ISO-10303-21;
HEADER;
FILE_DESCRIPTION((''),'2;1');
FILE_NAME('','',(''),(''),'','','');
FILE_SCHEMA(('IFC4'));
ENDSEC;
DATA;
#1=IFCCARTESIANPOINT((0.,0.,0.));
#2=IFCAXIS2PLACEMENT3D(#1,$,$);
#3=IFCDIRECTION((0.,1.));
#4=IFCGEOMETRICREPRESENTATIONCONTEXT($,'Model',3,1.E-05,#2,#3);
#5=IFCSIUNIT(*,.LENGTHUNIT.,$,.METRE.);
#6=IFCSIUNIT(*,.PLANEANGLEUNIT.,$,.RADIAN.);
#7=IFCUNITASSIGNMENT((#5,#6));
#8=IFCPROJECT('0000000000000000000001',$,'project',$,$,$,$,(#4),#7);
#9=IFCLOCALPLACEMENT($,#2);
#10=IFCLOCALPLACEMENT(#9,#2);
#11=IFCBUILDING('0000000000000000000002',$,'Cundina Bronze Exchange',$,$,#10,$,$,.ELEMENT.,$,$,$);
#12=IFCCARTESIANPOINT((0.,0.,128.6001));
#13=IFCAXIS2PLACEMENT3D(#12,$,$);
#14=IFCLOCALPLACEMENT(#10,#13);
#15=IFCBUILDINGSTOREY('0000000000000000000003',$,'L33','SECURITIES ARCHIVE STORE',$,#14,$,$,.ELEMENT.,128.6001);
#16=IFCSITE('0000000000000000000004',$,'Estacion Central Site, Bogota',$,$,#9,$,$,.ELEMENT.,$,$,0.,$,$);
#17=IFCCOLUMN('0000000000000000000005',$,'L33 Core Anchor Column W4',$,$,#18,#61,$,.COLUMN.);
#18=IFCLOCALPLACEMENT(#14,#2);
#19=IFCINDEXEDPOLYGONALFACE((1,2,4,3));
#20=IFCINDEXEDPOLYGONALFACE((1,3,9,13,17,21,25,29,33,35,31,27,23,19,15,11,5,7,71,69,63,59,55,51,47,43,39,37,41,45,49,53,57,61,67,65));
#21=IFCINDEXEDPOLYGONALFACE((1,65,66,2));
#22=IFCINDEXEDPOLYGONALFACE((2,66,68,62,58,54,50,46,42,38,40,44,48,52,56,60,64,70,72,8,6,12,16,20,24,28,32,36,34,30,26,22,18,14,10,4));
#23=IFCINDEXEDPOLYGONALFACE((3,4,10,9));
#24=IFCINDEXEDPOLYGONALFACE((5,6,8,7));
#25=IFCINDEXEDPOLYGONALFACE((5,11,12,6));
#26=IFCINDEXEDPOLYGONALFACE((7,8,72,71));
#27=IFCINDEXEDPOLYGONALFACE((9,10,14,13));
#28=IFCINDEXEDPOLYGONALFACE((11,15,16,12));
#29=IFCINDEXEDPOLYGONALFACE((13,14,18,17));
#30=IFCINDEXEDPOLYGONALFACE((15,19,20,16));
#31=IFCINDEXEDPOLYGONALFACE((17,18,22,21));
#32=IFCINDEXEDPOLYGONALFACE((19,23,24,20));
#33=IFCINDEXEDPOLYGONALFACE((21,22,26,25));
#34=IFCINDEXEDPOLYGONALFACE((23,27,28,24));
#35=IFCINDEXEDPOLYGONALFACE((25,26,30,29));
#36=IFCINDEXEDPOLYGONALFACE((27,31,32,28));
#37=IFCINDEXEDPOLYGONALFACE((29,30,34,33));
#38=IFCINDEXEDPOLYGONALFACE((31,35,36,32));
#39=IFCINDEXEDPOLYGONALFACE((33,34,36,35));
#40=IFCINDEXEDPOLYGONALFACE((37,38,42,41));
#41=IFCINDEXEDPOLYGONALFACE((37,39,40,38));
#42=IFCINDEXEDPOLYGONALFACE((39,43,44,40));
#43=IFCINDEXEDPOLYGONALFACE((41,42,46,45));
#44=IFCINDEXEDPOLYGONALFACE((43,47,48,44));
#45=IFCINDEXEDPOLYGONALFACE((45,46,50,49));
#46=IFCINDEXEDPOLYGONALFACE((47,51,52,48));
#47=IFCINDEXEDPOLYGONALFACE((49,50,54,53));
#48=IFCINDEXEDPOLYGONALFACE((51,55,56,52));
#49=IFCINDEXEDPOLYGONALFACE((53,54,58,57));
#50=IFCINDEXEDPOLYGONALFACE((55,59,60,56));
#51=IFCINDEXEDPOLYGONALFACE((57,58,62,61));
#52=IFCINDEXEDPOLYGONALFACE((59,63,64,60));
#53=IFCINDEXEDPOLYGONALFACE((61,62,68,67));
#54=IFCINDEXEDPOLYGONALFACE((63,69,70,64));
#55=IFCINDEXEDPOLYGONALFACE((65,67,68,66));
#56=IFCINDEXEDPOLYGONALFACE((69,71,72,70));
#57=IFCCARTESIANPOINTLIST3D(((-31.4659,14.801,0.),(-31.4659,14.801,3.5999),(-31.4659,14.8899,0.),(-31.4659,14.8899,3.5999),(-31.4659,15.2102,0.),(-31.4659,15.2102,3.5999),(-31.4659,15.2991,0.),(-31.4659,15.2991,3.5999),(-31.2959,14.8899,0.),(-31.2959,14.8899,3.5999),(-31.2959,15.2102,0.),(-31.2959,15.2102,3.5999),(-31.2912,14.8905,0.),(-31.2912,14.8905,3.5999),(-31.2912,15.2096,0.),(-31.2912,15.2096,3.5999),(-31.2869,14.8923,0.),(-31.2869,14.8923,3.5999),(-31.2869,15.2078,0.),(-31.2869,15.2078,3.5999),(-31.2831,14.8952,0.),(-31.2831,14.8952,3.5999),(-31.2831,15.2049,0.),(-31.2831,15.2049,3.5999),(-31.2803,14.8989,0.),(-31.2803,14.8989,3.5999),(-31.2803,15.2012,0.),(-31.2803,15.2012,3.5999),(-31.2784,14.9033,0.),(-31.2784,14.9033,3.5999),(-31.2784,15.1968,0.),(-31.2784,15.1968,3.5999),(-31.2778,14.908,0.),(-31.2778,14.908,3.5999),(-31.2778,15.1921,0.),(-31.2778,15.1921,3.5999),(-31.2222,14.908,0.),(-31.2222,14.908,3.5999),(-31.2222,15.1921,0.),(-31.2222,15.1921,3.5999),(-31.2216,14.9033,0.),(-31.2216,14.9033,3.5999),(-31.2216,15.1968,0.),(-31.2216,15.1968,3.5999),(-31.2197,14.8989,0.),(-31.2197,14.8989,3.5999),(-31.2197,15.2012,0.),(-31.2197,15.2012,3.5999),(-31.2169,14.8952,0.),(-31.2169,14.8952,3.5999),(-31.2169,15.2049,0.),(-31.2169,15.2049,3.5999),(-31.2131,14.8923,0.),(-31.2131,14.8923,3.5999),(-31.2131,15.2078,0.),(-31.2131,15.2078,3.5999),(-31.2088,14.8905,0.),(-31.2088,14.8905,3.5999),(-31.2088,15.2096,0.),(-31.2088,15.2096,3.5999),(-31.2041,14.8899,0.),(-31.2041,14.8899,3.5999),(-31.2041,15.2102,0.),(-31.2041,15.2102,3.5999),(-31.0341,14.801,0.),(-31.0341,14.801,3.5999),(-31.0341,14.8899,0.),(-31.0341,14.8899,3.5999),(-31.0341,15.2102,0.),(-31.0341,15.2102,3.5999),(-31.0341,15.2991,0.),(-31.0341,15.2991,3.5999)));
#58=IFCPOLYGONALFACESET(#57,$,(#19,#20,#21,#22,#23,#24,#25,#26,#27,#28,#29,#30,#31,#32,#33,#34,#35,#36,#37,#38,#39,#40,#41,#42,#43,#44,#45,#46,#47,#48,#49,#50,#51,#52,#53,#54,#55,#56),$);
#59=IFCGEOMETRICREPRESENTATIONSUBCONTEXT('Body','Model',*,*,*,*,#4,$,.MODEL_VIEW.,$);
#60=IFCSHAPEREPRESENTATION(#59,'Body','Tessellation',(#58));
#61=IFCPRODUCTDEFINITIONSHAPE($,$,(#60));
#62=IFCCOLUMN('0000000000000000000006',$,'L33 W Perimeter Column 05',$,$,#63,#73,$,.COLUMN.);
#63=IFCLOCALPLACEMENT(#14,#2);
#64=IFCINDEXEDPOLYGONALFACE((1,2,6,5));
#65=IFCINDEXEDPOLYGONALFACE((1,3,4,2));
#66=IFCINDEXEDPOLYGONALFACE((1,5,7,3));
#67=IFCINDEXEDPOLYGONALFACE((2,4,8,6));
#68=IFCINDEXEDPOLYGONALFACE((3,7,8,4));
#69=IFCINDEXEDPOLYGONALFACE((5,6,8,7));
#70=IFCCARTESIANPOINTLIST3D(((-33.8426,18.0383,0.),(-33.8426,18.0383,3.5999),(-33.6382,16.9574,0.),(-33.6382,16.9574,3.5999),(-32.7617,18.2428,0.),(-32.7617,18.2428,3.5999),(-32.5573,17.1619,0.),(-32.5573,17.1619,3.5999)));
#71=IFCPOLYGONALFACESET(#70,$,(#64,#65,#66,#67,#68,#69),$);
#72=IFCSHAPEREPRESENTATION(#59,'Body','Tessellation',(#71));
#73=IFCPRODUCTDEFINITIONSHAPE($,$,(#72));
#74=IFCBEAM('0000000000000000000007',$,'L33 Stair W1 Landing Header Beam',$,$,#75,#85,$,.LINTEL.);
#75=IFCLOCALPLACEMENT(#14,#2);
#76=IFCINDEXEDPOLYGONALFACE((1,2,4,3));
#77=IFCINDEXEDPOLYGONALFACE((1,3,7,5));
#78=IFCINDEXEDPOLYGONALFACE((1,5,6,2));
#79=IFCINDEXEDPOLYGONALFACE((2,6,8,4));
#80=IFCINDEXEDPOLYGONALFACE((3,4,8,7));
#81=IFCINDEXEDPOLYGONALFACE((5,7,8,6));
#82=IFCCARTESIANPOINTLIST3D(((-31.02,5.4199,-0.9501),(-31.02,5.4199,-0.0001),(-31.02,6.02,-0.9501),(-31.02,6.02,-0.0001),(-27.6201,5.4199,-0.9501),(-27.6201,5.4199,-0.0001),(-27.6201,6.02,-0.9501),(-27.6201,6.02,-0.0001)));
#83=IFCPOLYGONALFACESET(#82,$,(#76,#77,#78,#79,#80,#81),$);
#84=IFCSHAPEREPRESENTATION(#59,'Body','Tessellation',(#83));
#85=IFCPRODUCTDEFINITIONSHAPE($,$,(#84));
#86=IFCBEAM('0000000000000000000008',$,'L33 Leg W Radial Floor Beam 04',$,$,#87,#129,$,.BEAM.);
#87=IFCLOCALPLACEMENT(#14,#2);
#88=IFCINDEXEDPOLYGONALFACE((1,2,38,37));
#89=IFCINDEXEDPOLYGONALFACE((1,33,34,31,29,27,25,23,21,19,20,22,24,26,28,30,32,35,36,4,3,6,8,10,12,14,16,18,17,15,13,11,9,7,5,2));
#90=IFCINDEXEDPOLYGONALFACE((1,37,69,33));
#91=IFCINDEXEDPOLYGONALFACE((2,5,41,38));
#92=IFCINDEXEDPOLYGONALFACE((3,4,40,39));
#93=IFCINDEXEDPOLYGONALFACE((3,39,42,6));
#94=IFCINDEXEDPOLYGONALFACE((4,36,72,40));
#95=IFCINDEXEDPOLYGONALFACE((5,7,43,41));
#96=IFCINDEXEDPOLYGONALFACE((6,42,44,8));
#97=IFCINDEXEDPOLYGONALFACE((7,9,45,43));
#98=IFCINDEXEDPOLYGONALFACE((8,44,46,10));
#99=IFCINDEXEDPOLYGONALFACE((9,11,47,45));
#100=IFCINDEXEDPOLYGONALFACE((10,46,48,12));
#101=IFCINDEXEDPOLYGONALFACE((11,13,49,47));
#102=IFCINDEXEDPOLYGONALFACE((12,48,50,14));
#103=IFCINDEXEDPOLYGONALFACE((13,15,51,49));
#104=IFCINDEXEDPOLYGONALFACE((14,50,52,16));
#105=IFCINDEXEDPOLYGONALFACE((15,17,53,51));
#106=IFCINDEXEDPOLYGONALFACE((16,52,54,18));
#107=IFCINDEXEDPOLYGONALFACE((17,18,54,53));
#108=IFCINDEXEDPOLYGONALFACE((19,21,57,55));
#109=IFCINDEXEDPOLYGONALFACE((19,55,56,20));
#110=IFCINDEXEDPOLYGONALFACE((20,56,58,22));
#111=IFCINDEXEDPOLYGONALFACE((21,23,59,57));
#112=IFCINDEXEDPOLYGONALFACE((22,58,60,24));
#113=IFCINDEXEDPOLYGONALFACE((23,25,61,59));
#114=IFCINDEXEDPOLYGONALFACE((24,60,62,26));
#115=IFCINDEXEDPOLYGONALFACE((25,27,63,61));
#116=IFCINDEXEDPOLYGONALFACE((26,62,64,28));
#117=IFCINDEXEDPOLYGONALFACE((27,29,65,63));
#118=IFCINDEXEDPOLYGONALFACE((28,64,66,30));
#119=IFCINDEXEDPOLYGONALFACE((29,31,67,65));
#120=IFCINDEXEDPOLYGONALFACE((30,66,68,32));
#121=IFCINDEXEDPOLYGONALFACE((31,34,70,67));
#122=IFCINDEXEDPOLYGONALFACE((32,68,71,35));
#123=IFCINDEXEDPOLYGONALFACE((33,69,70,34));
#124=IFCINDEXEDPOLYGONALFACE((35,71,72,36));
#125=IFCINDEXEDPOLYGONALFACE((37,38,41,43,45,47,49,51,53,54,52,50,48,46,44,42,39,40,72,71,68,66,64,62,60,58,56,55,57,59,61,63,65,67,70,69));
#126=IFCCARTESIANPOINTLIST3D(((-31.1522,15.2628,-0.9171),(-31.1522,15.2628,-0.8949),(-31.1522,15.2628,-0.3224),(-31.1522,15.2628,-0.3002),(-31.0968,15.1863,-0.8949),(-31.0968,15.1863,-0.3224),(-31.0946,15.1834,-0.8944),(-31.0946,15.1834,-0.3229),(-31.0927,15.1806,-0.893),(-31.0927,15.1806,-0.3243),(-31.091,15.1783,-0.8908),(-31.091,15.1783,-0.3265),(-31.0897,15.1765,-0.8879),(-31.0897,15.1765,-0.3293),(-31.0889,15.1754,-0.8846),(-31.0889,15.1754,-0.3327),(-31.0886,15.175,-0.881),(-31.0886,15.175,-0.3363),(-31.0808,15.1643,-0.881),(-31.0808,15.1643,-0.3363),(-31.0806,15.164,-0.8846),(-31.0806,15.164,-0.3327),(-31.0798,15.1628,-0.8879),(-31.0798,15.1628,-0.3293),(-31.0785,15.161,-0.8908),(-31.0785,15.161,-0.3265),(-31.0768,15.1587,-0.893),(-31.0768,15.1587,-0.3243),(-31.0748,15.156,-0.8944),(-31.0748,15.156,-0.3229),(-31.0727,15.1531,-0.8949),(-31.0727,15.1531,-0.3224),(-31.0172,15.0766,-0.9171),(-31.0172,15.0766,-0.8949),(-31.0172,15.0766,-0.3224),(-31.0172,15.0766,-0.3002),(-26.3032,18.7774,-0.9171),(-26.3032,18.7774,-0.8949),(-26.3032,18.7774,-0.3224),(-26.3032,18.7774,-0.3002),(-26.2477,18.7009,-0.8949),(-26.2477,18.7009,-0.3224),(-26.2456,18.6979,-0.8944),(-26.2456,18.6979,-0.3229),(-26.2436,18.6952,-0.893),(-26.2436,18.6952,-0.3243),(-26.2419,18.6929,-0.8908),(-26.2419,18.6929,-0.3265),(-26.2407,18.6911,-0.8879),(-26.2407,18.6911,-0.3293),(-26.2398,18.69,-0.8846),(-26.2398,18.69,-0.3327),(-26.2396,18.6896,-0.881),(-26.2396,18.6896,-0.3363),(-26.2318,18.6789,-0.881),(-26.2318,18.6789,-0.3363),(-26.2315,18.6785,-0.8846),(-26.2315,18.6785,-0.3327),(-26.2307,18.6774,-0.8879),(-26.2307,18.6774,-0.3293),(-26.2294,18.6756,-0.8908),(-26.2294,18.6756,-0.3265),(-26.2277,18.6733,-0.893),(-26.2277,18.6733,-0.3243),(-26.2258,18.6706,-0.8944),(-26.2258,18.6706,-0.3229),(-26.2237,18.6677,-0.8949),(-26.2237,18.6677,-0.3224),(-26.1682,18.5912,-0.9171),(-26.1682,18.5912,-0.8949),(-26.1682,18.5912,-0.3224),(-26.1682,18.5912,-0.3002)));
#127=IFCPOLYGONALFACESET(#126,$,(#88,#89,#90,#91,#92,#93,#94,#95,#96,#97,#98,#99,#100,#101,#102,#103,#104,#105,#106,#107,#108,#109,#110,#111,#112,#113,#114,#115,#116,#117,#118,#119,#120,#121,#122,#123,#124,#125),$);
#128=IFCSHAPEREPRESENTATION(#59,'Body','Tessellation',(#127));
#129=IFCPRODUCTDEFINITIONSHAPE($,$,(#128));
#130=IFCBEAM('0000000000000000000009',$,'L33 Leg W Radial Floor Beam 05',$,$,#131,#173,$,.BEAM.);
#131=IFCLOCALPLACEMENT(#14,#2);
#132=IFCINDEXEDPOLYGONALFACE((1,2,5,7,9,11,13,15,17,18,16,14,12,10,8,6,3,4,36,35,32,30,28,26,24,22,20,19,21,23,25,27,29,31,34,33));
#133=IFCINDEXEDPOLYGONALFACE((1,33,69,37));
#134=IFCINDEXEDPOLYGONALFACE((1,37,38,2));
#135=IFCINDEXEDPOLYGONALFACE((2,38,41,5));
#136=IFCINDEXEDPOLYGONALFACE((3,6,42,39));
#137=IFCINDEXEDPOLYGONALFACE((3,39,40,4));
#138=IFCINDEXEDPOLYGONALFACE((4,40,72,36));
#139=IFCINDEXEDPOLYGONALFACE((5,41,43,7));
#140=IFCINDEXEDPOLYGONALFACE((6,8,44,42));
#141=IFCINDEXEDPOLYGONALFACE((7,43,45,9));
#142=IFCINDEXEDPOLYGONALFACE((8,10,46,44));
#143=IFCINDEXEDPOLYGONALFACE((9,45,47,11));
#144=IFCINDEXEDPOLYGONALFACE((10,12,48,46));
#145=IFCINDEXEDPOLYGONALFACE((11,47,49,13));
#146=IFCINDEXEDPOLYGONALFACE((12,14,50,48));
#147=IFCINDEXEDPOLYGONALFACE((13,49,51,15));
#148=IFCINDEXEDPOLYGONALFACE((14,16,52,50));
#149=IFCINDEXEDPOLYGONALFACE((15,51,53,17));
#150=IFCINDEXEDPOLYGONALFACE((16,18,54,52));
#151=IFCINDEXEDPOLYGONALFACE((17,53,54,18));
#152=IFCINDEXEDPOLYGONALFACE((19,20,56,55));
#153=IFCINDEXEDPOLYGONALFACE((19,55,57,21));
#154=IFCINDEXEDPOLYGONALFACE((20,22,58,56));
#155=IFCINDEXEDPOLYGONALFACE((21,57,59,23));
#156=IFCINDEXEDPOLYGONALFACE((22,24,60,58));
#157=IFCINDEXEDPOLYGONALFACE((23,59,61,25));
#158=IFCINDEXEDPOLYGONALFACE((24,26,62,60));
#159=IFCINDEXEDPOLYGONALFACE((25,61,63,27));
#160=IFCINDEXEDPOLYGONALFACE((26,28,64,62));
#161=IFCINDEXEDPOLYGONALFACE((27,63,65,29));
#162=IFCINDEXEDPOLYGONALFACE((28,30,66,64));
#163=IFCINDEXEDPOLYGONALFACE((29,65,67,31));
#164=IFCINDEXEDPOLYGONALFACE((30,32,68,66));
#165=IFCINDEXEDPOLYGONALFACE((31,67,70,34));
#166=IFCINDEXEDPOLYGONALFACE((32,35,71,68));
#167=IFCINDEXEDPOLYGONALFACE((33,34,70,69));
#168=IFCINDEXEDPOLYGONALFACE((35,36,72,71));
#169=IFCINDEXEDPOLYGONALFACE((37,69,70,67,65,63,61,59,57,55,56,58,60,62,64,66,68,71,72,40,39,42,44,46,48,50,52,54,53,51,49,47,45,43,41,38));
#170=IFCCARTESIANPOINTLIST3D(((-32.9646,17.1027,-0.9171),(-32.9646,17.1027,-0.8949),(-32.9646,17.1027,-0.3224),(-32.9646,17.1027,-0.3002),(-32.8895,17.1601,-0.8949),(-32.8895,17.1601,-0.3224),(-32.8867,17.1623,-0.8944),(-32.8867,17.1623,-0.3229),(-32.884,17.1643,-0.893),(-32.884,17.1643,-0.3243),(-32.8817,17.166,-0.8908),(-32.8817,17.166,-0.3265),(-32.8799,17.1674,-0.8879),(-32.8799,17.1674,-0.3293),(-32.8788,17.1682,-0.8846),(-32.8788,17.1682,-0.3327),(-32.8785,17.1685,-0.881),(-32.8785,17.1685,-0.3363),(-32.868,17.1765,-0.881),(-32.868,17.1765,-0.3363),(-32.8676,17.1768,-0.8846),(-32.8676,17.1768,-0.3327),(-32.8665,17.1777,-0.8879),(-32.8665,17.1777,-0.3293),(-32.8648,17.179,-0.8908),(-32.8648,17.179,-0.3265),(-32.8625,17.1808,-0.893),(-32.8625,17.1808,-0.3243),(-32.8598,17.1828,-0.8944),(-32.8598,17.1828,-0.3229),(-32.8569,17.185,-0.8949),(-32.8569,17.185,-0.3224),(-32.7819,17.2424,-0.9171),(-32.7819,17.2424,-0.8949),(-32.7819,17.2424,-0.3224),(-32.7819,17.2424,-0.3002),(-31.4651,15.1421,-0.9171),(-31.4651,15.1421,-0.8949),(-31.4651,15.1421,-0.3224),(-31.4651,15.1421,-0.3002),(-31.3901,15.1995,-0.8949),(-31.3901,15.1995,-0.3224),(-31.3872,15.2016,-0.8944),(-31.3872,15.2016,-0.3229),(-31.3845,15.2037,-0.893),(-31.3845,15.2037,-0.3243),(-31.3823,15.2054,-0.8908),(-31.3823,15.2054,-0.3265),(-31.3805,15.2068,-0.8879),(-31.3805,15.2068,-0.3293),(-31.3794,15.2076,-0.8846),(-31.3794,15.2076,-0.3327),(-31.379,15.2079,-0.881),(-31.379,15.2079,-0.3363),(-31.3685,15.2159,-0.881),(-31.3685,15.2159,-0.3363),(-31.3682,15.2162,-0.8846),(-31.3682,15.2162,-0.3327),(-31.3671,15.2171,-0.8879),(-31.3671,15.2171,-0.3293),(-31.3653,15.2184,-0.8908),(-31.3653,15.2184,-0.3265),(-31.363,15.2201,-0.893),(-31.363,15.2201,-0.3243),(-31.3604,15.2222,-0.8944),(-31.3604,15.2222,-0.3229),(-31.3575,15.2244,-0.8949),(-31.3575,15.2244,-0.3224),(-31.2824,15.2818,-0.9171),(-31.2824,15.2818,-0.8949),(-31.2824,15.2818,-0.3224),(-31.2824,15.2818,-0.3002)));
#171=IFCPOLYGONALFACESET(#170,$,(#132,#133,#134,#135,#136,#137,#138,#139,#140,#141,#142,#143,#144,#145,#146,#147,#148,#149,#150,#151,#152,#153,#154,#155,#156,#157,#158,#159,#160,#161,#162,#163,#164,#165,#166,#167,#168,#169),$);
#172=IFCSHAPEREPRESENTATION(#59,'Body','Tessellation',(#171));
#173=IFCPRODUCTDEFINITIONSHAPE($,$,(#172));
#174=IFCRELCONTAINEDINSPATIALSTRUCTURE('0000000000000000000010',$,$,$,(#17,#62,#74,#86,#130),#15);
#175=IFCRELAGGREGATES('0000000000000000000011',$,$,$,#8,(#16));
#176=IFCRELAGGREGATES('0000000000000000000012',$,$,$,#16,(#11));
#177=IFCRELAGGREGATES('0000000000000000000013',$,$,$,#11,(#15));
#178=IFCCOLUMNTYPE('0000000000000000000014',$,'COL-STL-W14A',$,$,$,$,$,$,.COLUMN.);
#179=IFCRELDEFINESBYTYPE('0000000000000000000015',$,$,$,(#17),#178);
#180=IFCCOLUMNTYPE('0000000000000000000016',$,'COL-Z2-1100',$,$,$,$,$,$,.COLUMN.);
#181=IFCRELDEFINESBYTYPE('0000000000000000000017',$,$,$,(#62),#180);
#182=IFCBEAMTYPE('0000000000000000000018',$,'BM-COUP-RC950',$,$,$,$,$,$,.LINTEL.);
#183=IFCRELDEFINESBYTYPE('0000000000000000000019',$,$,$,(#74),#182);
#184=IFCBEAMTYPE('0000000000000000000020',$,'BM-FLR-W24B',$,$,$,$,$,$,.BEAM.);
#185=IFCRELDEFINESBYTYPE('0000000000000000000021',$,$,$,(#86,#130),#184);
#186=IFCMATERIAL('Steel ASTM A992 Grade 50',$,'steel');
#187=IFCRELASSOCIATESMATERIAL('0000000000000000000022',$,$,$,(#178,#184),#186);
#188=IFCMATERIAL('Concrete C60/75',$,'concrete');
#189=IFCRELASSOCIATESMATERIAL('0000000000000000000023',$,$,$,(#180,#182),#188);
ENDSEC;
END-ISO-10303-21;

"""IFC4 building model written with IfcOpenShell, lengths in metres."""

from ifc_helpers import new_model, si_unit, direction, frame, origin, origin_2d, place, context, subcontext, project, spatial, rectangle, i_section, extrude, material, material_profile, profile_set, type_object, element, save


model = new_model("IFC4")

# Units and contexts
model_context = context("Model", 3, precision=1e-05, world=origin(), true_north=direction((0.0, 1.0)))
body_context = subcontext(model_context, "Body", "Model", "MODEL_VIEW")
ifc_project = project(units=[si_unit("LENGTHUNIT", "METRE"), si_unit("PLANEANGLEUNIT", "RADIAN")], contexts=[model_context])

# Site, building, storey
site_placement = place(None, origin())
site = spatial("IfcSite", under=ifc_project, at=site_placement, Name="Estacion Central Site, Bogota", CompositionType="ELEMENT", RefElevation=0.0)
building_placement = place(site_placement, origin())
building = spatial("IfcBuilding", under=site, at=building_placement, Name="Cundina Bronze Exchange", CompositionType="ELEMENT")
storey_placement = place(building_placement, frame((0.0, 0.0, 128.6001)))
storey = spatial("IfcBuildingStorey", under=building, at=storey_placement, Name="L33", Description="SECURITIES ARCHIVE STORE", CompositionType="ELEMENT", Elevation=128.6001)

# Columns
ifc_material_1 = material(Name="Steel ASTM A992 Grade 50", Category="steel")
ifc_material_profile_1 = material_profile(ifc_material_1, i_section(OverallWidth=0.4319, OverallDepth=0.498, WebThickness=0.0557, FlangeThickness=0.0889, FilletRadius=0.0181, at=origin_2d()), Name="W14X500", Category="steel")
ifc_profile_set_1 = profile_set([ifc_material_profile_1], Name="Steel ASTM A992 Grade 50")
column_type_1 = type_object("IfcColumnType", Name="COL-STL-W14A", PredefinedType="COLUMN", material=ifc_profile_set_1)
column_1_placement = place(storey_placement, frame((-31.25, 15.05, 0.0), z_axis=(0.0, 0.0, 1.0), x_axis=(1.0, 0.0, 0.0)))
element("IfcColumn", 1, at=column_1_placement, inside=storey, type_object=column_type_1, Name="L33 Core Anchor Column W4", PredefinedType="COLUMN", context=body_context, shape_type="SweptSolid", body=[
    extrude(i_section(OverallWidth=0.4319, OverallDepth=0.498, WebThickness=0.0557, FlangeThickness=0.0889, FilletRadius=0.0181, at=origin_2d()), origin(), (0.0, 0.0, 1.0), 3.5999),
])
ifc_material_2 = material(Name="Concrete C60/75", Category="concrete")
ifc_material_profile_2 = material_profile(ifc_material_2, rectangle(XDim=1.1001, YDim=1.1001, at=origin_2d()), Name="RC1100X1100", Category="concrete")
ifc_profile_set_2 = profile_set([ifc_material_profile_2], Name="Concrete C60/75")
column_type_2 = type_object("IfcColumnType", Name="COL-Z2-1100", PredefinedType="COLUMN", material=ifc_profile_set_2)
column_2_placement = place(storey_placement, frame((-33.2, 17.6001, 0.0), z_axis=(0.0, 0.0, 1.0), x_axis=(-0.98258, -0.185838, 0.0)))
element("IfcColumn", 2, at=column_2_placement, inside=storey, type_object=column_type_2, Name="L33 W Perimeter Column 05", PredefinedType="COLUMN", context=body_context, shape_type="SweptSolid", body=[
    extrude(rectangle(XDim=1.1001, YDim=1.1001, at=origin_2d()), origin(), (0.0, 0.0, 1.0), 3.5999),
])

# Beams
ifc_material_profile_3 = material_profile(ifc_material_2, rectangle(XDim=0.6001, YDim=0.95, at=origin_2d()), Name="RC600X950", Category="concrete")
ifc_profile_set_3 = profile_set([ifc_material_profile_3], Name="Concrete C60/75")
beam_type_1 = type_object("IfcBeamType", Name="BM-COUP-RC950", PredefinedType="LINTEL", material=ifc_profile_set_3)
beam_1_placement = place(storey_placement, frame((-31.02, 5.72, -0.4751), z_axis=(1.0, 0.0, 0.0), x_axis=(0.0, 1.0, 0.0)))
element("IfcBeam", 3, at=beam_1_placement, inside=storey, type_object=beam_type_1, Name="L33 Stair W1 Landing Header Beam", PredefinedType="LINTEL", context=body_context, shape_type="SweptSolid", body=[
    extrude(rectangle(XDim=0.6001, YDim=0.95, at=origin_2d()), origin(), (0.0, 0.0, 1.0), 3.3999),
])
ifc_material_profile_4 = material_profile(ifc_material_1, i_section(OverallWidth=0.23, OverallDepth=0.6169, WebThickness=0.0132, FlangeThickness=0.0222, FilletRadius=0.0139, at=origin_2d()), Name="W24X94", Category="steel")
ifc_profile_set_4 = profile_set([ifc_material_profile_4], Name="Steel ASTM A992 Grade 50")
beam_type_2 = type_object("IfcBeamType", Name="BM-FLR-W24B", PredefinedType="BEAM", material=ifc_profile_set_4)
beam_2_placement = place(storey_placement, frame((-31.0847, 15.1697, -0.6086), z_axis=(0.809687, 0.586862, 0.0), x_axis=(-0.586862, 0.809687, 0.0)))
element("IfcBeam", 4, at=beam_2_placement, inside=storey, type_object=beam_type_2, Name="L33 Leg W Radial Floor Beam 04", PredefinedType="BEAM", context=body_context, shape_type="SweptSolid", body=[
    extrude(i_section(OverallWidth=0.23, OverallDepth=0.6169, WebThickness=0.0132, FlangeThickness=0.0222, FilletRadius=0.0139, at=origin_2d()), origin(), (0.0, 0.0, 1.0), 5.9888),
])
beam_3_placement = place(storey_placement, frame((-31.3738, 15.2119, -0.6086), z_axis=(-0.60749, 0.794327, 0.0), x_axis=(-0.794327, -0.60749, 0.0)))
element("IfcBeam", 5, at=beam_3_placement, inside=storey, type_object=beam_type_2, Name="L33 Leg W Radial Floor Beam 05", PredefinedType="BEAM", context=body_context, shape_type="SweptSolid", body=[
    extrude(i_section(OverallWidth=0.23, OverallDepth=0.6169, WebThickness=0.0132, FlangeThickness=0.0222, FilletRadius=0.0139, at=origin_2d()), origin(), (0.0, 0.0, 1.0), 2.4683),
])

save(model, "model.ifc")
